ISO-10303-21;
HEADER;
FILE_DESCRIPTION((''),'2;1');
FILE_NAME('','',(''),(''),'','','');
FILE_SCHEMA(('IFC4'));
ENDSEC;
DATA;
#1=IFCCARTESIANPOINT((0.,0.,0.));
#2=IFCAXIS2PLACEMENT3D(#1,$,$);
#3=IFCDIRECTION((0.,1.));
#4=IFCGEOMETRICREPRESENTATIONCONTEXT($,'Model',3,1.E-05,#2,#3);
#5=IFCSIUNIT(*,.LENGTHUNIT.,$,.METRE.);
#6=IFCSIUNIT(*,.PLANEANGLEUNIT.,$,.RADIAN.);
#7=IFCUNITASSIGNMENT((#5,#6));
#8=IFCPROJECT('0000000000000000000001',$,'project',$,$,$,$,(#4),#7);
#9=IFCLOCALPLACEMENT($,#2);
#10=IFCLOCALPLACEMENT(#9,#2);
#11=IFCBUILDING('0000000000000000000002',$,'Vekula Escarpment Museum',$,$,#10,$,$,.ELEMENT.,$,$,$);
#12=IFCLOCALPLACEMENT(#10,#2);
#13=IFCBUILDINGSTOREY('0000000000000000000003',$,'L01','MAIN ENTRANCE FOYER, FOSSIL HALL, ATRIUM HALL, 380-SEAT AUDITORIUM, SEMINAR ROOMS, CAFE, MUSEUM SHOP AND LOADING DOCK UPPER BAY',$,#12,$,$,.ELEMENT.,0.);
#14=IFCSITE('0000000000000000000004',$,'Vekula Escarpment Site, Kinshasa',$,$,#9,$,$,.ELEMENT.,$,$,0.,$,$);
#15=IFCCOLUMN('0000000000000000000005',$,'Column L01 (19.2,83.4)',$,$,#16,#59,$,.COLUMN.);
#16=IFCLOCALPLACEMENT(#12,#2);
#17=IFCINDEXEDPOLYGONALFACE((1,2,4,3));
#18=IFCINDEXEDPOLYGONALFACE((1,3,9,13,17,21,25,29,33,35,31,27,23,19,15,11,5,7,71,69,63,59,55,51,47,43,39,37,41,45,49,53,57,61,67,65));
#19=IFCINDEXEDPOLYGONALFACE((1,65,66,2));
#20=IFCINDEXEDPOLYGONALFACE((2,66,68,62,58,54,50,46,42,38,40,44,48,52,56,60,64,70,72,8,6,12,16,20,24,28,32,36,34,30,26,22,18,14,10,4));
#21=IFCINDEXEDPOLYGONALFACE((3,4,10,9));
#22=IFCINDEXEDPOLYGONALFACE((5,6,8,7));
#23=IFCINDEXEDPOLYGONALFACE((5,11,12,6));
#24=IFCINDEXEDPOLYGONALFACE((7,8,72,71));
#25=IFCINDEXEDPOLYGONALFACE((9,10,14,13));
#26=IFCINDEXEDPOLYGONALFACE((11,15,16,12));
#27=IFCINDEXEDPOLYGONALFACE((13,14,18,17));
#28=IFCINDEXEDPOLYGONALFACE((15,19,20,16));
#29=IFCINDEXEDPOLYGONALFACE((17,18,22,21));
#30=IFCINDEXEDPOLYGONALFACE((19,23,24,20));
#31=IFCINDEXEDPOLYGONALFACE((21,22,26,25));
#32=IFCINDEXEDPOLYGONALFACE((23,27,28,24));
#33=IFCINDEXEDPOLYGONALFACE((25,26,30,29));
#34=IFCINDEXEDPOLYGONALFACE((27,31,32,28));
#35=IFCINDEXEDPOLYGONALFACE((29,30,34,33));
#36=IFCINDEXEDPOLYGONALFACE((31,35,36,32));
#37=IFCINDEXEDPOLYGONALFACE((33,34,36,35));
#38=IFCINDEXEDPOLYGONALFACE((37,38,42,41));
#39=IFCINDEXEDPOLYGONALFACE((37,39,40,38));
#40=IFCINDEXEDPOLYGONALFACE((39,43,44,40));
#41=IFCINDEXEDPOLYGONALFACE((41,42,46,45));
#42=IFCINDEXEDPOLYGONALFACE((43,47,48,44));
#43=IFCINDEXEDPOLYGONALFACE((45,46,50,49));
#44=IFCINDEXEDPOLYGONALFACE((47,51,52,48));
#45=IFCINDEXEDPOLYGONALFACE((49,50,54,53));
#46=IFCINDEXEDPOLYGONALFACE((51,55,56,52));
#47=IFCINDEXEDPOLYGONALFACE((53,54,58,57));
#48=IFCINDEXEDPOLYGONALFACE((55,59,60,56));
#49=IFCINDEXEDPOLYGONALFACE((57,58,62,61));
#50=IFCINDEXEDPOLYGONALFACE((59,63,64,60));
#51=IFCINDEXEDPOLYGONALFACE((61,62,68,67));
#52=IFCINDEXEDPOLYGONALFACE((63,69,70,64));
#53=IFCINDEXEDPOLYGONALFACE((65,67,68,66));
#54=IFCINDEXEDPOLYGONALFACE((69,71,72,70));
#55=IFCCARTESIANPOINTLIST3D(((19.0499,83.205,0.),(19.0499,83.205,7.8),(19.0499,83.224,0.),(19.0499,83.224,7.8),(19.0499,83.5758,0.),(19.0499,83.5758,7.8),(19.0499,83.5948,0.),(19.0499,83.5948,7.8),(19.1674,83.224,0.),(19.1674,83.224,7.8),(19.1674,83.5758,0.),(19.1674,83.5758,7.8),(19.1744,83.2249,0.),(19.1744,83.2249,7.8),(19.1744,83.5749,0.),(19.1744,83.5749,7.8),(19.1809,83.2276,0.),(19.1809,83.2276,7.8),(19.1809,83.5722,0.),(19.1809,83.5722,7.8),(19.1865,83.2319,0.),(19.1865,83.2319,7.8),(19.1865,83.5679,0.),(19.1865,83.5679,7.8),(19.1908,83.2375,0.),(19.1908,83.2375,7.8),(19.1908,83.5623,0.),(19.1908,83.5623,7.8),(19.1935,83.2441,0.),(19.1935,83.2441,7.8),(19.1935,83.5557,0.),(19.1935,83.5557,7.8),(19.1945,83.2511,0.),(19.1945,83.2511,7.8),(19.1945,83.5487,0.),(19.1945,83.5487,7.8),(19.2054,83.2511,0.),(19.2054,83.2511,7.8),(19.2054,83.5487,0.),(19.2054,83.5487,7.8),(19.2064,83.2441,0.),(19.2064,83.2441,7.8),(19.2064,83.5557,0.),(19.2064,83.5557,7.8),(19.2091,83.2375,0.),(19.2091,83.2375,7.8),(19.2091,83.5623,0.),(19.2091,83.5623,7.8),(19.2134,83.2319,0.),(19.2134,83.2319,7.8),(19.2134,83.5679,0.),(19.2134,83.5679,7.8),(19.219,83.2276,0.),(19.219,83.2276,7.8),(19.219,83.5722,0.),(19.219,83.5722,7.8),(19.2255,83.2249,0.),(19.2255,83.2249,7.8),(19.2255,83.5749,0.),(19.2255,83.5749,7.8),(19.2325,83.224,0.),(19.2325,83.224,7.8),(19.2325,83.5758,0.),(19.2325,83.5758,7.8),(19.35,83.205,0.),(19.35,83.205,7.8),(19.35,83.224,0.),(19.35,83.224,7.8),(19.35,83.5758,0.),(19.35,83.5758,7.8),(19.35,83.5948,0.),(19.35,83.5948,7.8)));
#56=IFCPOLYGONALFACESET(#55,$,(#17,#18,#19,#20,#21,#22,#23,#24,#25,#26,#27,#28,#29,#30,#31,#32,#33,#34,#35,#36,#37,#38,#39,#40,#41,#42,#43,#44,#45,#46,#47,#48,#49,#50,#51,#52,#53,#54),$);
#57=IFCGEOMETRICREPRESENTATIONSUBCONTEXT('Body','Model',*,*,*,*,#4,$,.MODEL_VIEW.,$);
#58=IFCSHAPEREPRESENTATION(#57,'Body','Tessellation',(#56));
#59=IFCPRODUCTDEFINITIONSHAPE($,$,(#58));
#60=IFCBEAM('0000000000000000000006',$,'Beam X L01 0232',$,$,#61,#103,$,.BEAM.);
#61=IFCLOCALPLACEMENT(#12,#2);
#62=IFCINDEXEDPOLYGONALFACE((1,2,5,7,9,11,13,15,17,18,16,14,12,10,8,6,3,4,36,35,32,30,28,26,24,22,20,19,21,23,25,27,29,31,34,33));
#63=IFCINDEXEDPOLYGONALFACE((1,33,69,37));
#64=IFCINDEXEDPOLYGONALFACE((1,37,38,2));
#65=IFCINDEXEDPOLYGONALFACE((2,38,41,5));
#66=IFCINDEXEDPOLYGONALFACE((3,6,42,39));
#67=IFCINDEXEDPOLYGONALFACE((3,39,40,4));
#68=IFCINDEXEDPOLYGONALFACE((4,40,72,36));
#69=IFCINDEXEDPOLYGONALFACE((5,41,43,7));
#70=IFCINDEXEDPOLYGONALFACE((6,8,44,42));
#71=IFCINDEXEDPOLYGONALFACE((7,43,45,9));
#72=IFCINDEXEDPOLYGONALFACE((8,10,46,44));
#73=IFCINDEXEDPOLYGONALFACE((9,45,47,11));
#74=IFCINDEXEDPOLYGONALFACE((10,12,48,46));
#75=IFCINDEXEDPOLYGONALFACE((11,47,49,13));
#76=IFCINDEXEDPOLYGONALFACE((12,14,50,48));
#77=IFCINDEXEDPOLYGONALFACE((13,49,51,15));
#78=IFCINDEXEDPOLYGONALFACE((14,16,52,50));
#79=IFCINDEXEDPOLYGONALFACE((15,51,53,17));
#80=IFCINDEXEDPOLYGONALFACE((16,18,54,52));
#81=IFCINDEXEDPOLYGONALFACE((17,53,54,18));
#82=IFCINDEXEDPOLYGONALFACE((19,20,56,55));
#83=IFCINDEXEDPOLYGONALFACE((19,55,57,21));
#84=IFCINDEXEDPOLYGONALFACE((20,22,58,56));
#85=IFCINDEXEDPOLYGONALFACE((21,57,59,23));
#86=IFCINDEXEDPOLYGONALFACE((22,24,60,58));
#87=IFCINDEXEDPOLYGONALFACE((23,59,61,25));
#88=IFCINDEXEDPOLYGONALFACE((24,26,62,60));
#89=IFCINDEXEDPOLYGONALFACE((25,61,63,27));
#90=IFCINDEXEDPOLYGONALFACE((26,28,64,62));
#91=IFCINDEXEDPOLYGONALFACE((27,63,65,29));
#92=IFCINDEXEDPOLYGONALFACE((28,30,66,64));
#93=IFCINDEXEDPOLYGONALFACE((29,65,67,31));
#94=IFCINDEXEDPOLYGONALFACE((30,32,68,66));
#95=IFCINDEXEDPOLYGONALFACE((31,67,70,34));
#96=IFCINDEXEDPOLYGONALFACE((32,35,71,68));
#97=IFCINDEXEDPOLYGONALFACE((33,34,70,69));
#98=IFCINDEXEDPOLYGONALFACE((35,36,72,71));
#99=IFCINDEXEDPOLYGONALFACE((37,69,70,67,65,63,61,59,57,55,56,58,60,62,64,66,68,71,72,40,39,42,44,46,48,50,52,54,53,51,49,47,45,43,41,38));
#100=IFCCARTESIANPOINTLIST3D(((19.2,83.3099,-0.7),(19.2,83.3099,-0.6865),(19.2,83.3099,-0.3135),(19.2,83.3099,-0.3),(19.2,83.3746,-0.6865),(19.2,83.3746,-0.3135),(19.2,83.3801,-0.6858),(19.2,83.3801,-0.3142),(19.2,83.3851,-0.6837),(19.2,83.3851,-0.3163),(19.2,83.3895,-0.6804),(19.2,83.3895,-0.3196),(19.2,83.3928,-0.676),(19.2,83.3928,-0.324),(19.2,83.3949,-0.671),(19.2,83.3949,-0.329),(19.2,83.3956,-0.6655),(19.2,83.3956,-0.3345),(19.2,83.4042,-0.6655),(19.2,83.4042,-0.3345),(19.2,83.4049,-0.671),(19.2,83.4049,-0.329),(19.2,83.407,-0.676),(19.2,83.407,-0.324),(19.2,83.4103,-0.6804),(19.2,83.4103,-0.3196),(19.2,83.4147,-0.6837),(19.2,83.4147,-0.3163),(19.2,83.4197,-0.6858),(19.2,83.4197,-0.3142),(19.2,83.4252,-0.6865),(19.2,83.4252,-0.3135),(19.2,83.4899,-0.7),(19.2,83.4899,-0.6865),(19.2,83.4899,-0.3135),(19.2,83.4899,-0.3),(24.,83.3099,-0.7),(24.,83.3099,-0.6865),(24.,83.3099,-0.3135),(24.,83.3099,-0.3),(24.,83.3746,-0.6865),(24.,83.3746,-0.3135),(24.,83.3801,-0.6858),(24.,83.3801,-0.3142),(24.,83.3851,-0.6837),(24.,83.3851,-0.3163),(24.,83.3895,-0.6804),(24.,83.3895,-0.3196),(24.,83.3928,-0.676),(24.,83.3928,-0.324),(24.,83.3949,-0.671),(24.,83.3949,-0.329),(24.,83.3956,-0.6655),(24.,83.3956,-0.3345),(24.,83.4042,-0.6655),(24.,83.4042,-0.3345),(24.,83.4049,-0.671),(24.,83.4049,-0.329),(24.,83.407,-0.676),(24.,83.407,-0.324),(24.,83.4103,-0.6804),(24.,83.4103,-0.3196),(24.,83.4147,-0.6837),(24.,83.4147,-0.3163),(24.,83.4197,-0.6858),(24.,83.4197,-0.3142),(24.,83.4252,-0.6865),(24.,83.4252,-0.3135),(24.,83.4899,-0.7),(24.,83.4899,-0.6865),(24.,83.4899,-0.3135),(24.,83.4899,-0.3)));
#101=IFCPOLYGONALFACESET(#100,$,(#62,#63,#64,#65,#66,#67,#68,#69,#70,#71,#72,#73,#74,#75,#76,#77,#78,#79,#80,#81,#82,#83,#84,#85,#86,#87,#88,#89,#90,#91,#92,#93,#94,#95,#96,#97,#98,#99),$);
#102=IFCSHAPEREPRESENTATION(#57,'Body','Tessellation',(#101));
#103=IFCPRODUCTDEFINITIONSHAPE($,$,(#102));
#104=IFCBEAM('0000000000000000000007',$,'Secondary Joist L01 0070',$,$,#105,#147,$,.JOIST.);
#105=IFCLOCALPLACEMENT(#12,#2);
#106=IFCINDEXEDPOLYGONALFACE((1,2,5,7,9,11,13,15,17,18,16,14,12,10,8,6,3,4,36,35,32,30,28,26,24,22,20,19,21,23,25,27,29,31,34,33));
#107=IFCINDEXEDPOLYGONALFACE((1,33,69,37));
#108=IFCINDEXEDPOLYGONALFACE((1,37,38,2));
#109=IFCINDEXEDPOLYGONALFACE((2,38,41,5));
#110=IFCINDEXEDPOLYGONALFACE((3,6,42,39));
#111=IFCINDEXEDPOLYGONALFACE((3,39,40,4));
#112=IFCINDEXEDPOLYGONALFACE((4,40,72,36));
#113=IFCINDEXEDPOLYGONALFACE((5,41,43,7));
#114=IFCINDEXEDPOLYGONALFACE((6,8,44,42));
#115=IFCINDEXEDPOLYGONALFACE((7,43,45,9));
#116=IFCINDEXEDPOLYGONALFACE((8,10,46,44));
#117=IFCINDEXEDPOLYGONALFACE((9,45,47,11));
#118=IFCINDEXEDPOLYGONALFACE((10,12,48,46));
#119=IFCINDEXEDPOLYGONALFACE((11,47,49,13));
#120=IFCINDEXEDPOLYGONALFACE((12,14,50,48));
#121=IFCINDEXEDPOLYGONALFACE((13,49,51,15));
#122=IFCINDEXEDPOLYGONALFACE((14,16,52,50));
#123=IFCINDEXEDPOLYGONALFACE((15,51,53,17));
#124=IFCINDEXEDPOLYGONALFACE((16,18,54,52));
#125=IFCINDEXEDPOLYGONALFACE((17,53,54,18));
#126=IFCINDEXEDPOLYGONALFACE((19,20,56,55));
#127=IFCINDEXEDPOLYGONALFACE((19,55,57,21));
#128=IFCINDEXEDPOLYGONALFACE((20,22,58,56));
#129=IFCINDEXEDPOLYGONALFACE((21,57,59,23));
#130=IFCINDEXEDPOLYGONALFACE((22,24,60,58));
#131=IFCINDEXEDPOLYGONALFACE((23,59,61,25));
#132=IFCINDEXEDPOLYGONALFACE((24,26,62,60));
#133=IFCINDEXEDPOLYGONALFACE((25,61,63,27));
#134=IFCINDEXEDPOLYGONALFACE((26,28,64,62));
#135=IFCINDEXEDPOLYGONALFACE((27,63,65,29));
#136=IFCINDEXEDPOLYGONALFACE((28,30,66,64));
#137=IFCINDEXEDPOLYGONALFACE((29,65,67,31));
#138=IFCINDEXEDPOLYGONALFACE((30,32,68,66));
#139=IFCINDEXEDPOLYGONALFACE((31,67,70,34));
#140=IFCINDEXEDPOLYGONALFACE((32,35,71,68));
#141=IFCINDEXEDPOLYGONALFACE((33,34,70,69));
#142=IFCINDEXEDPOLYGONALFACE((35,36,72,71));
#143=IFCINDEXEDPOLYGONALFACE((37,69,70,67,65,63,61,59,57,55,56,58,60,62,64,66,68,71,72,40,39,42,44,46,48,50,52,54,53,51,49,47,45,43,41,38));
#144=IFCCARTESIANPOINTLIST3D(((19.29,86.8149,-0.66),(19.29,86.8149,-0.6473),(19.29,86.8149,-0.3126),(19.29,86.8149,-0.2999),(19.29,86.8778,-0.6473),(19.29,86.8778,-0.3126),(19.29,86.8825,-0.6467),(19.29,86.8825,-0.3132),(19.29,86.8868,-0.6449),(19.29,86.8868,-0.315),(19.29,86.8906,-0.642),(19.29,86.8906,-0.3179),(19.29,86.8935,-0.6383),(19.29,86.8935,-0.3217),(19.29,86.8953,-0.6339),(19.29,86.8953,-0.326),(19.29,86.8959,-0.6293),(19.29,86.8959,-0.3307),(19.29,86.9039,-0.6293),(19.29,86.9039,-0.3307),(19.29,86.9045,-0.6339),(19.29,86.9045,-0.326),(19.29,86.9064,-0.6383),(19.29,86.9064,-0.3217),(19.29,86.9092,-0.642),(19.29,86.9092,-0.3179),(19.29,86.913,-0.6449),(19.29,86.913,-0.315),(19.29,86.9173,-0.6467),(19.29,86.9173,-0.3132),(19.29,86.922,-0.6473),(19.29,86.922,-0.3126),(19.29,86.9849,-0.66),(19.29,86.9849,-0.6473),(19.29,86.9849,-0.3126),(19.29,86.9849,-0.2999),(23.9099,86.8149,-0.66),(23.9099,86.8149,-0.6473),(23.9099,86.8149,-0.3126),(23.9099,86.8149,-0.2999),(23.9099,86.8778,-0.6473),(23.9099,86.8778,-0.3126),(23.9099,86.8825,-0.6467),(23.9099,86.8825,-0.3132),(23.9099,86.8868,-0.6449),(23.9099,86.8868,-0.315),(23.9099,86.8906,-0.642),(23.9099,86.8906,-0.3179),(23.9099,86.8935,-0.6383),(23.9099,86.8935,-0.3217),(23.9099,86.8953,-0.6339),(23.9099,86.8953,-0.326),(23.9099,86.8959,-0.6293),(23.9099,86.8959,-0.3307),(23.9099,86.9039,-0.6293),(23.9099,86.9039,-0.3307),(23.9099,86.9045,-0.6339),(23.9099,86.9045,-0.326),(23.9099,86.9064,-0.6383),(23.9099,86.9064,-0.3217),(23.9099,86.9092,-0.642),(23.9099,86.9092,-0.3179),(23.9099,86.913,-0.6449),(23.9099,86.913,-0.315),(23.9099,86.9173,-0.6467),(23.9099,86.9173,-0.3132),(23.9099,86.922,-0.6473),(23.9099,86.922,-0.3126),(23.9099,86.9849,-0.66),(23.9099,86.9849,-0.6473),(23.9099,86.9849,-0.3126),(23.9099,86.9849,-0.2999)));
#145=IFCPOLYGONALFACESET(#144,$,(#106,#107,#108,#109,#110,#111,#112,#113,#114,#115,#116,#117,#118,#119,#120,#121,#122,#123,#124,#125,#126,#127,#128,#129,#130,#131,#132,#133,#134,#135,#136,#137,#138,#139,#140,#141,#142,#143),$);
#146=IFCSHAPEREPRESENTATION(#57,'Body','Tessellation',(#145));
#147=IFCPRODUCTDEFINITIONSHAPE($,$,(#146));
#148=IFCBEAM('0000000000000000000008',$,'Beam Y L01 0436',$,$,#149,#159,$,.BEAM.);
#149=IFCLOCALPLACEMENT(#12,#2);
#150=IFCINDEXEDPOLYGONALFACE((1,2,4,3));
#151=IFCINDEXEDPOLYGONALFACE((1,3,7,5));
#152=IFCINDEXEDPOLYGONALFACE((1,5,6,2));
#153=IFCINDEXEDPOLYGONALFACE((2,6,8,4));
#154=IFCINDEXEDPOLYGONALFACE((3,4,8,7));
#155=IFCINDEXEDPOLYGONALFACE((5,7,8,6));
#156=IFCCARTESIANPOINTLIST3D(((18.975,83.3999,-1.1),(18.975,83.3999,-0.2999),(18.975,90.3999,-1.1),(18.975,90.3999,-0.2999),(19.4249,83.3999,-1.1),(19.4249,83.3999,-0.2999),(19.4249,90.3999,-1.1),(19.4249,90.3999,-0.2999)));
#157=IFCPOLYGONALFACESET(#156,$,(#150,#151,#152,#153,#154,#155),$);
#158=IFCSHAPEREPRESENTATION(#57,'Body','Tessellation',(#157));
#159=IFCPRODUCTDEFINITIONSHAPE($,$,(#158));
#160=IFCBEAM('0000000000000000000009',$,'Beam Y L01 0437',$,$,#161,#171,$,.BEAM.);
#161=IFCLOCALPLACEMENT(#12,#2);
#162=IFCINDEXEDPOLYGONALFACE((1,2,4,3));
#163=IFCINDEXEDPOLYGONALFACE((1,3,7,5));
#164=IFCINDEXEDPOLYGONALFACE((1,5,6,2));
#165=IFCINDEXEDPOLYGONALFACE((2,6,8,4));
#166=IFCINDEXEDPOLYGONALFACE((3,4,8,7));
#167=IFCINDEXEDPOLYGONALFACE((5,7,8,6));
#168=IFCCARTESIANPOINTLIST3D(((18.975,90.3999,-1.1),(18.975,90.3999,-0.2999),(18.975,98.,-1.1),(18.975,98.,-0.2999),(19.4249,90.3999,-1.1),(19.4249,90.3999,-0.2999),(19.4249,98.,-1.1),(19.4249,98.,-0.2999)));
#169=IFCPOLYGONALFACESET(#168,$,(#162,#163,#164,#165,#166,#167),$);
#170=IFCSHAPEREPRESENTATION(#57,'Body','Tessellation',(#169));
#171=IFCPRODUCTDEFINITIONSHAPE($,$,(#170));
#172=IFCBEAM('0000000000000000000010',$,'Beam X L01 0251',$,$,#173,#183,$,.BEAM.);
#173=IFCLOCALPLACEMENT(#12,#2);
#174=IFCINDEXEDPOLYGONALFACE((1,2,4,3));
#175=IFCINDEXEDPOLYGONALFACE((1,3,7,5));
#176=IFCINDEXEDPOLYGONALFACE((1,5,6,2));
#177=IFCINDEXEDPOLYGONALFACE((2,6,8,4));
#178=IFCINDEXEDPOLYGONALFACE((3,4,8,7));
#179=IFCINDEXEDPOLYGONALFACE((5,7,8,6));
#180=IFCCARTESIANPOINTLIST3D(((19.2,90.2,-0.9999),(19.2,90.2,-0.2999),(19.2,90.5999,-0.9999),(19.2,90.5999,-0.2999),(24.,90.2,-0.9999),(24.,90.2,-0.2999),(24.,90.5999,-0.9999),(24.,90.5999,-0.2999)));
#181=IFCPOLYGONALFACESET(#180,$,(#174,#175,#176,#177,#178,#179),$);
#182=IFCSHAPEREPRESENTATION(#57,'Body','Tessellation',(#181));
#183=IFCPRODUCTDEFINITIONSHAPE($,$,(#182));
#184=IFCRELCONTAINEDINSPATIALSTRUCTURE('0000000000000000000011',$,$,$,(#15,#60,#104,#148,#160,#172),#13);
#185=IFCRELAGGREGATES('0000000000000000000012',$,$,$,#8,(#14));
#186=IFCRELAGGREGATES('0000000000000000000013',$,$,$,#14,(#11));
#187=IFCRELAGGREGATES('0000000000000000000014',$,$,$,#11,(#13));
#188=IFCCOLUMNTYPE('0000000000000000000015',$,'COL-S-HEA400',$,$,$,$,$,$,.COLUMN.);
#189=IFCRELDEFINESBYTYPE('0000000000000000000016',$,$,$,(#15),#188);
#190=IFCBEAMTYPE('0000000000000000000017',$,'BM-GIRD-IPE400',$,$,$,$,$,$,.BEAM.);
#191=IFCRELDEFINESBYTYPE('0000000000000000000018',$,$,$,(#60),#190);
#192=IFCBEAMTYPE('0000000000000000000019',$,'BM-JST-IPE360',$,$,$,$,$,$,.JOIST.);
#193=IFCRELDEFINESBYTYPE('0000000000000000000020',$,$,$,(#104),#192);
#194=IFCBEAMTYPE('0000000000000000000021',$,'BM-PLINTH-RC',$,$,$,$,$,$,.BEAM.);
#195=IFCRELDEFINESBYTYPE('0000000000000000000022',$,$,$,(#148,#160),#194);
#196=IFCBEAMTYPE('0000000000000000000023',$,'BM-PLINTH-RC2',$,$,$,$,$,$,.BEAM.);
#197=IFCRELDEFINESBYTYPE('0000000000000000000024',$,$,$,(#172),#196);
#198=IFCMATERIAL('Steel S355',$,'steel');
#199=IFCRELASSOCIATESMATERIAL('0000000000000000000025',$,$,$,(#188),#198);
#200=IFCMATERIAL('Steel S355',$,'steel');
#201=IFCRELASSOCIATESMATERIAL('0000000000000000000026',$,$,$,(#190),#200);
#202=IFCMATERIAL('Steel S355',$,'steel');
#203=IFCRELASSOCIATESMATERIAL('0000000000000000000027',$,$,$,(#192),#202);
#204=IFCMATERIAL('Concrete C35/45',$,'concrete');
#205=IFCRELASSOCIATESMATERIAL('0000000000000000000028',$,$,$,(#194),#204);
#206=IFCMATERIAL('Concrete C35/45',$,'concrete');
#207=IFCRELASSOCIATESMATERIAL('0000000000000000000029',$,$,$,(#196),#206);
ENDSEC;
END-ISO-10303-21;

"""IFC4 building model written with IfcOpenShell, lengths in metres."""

from ifc_helpers import new_model, si_unit, direction, frame, origin, origin_2d, place, context, subcontext, project, spatial, rectangle, i_section, extrude, material, material_profile, profile_set, type_object, element, save


model = new_model("IFC4")

# Units and contexts
model_context = context("Model", 3, precision=1e-05, world=origin(), true_north=direction((0.0, 1.0)))
body_context = subcontext(model_context, "Body", "Model", "MODEL_VIEW")
ifc_project = project(units=[si_unit("LENGTHUNIT", "METRE"), si_unit("PLANEANGLEUNIT", "RADIAN")], contexts=[model_context])

# Site, building, storey
site_placement = place(None, origin())
site = spatial("IfcSite", under=ifc_project, at=site_placement, Name="Vekula Escarpment Site, Kinshasa", CompositionType="ELEMENT", RefElevation=0.0)
building_placement = place(site_placement, origin())
building = spatial("IfcBuilding", under=site, at=building_placement, Name="Vekula Escarpment Museum", CompositionType="ELEMENT")
storey_placement = place(building_placement, origin())
storey = spatial("IfcBuildingStorey", under=building, at=storey_placement, Name="L01", Description="MAIN ENTRANCE FOYER, FOSSIL HALL, ATRIUM HALL, 380-SEAT AUDITORIUM, SEMINAR ROOMS, CAFE, MUSEUM SHOP AND LOADING DOCK UPPER BAY", CompositionType="ELEMENT", Elevation=0.0)

# Column
ifc_material_1 = material(Name="Steel S355", Category="steel")
ifc_material_profile_1 = material_profile(ifc_material_1, i_section(OverallWidth=0.3, OverallDepth=0.3899, WebThickness=0.011, FlangeThickness=0.019, FilletRadius=0.0271, at=origin_2d()), Name="HEA 400")
ifc_profile_set_1 = profile_set([ifc_material_profile_1], Name="Steel S355")
column_type = type_object("IfcColumnType", Name="COL-S-HEA400", PredefinedType="COLUMN", material=ifc_profile_set_1)
column_placement = place(storey_placement, frame((19.2, 83.3999, 0.0), z_axis=(0.0, 0.0, 1.0), x_axis=(1.0, 0.0, 0.0)))
element("IfcColumn", 1, at=column_placement, inside=storey, type_object=column_type, Name="Column L01 (19.2,83.4)", PredefinedType="COLUMN", context=body_context, shape_type="SweptSolid", body=[
    extrude(i_section(OverallWidth=0.3, OverallDepth=0.3899, WebThickness=0.011, FlangeThickness=0.019, FilletRadius=0.0271, at=origin_2d()), origin(), (0.0, 0.0, 1.0), 7.8),
])

# Beams
ifc_material_2 = material(Name="Steel S355", Category="steel")
ifc_material_profile_2 = material_profile(ifc_material_2, i_section(OverallWidth=0.1799, OverallDepth=0.3999, WebThickness=0.0085, FlangeThickness=0.0134, FilletRadius=0.021, at=origin_2d()), Name="IPE 400")
ifc_profile_set_2 = profile_set([ifc_material_profile_2], Name="Steel S355")
beam_type_1 = type_object("IfcBeamType", Name="BM-GIRD-IPE400", PredefinedType="BEAM", material=ifc_profile_set_2)
beam_1_placement = place(storey_placement, frame((19.2, 83.3999, -0.5), z_axis=(1.0, 0.0, 0.0), x_axis=(0.0, 1.0, 0.0)))
element("IfcBeam", 2, at=beam_1_placement, inside=storey, type_object=beam_type_1, Name="Beam X L01 0232", PredefinedType="BEAM", context=body_context, shape_type="SweptSolid", body=[
    extrude(i_section(OverallWidth=0.1799, OverallDepth=0.3999, WebThickness=0.0085, FlangeThickness=0.0134, FilletRadius=0.021, at=origin_2d()), origin(), (0.0, 0.0, 1.0), 4.8),
])
ifc_material_3 = material(Name="Steel S355", Category="steel")
ifc_material_profile_3 = material_profile(ifc_material_3, i_section(OverallWidth=0.1699, OverallDepth=0.3601, WebThickness=0.0081, FlangeThickness=0.0127, FilletRadius=0.0181, at=origin_2d()), Name="IPE 360")
ifc_profile_set_3 = profile_set([ifc_material_profile_3], Name="Steel S355")
beam_type_2 = type_object("IfcBeamType", Name="BM-JST-IPE360", PredefinedType="JOIST", material=ifc_profile_set_3)
beam_2_placement = place(storey_placement, frame((19.29, 86.8999, -0.48), z_axis=(1.0, 0.0, 0.0), x_axis=(0.0, 1.0, 0.0)))
element("IfcBeam", 3, at=beam_2_placement, inside=storey, type_object=beam_type_2, Name="Secondary Joist L01 0070", PredefinedType="JOIST", context=body_context, shape_type="SweptSolid", body=[
    extrude(i_section(OverallWidth=0.1699, OverallDepth=0.3601, WebThickness=0.0081, FlangeThickness=0.0127, FilletRadius=0.0181, at=origin_2d()), origin(), (0.0, 0.0, 1.0), 4.6199),
])
ifc_material_4 = material(Name="Concrete C35/45", Category="concrete")
ifc_material_profile_4 = material_profile(ifc_material_4, rectangle(XDim=0.45, YDim=0.8, at=origin_2d()), Name="RC 450x800")
ifc_profile_set_4 = profile_set([ifc_material_profile_4], Name="Concrete C35/45")
beam_type_3 = type_object("IfcBeamType", Name="BM-PLINTH-RC", PredefinedType="BEAM", material=ifc_profile_set_4)
beam_3_placement = place(storey_placement, frame((19.2, 83.3999, -0.7), z_axis=(0.0, 1.0, 0.0), x_axis=(-1.0, 0.0, 0.0)))
element("IfcBeam", 4, at=beam_3_placement, inside=storey, type_object=beam_type_3, Name="Beam Y L01 0436", PredefinedType="BEAM", context=body_context, shape_type="SweptSolid", body=[
    extrude(rectangle(XDim=0.45, YDim=0.8, at=origin_2d()), origin(), (0.0, 0.0, 1.0), 7.0),
])
beam_4_placement = place(storey_placement, frame((19.2, 90.3999, -0.7), z_axis=(0.0, 1.0, 0.0), x_axis=(-1.0, 0.0, 0.0)))
element("IfcBeam", 5, at=beam_4_placement, inside=storey, type_object=beam_type_3, Name="Beam Y L01 0437", PredefinedType="BEAM", context=body_context, shape_type="SweptSolid", body=[
    extrude(rectangle(XDim=0.45, YDim=0.8, at=origin_2d()), origin(), (0.0, 0.0, 1.0), 7.6001),
])
ifc_material_5 = material(Name="Concrete C35/45", Category="concrete")
ifc_material_profile_5 = material_profile(ifc_material_5, rectangle(XDim=0.3999, YDim=0.7, at=origin_2d()), Name="RC 400x700")
ifc_profile_set_5 = profile_set([ifc_material_profile_5], Name="Concrete C35/45")
beam_type_4 = type_object("IfcBeamType", Name="BM-PLINTH-RC2", PredefinedType="BEAM", material=ifc_profile_set_5)
beam_5_placement = place(storey_placement, frame((19.2, 90.3999, -0.6499), z_axis=(1.0, 0.0, 0.0), x_axis=(0.0, 1.0, 0.0)))
element("IfcBeam", 6, at=beam_5_placement, inside=storey, type_object=beam_type_4, Name="Beam X L01 0251", PredefinedType="BEAM", context=body_context, shape_type="SweptSolid", body=[
    extrude(rectangle(XDim=0.3999, YDim=0.7, at=origin_2d()), origin(), (0.0, 0.0, 1.0), 4.8),
])

save(model, "model.ifc")
